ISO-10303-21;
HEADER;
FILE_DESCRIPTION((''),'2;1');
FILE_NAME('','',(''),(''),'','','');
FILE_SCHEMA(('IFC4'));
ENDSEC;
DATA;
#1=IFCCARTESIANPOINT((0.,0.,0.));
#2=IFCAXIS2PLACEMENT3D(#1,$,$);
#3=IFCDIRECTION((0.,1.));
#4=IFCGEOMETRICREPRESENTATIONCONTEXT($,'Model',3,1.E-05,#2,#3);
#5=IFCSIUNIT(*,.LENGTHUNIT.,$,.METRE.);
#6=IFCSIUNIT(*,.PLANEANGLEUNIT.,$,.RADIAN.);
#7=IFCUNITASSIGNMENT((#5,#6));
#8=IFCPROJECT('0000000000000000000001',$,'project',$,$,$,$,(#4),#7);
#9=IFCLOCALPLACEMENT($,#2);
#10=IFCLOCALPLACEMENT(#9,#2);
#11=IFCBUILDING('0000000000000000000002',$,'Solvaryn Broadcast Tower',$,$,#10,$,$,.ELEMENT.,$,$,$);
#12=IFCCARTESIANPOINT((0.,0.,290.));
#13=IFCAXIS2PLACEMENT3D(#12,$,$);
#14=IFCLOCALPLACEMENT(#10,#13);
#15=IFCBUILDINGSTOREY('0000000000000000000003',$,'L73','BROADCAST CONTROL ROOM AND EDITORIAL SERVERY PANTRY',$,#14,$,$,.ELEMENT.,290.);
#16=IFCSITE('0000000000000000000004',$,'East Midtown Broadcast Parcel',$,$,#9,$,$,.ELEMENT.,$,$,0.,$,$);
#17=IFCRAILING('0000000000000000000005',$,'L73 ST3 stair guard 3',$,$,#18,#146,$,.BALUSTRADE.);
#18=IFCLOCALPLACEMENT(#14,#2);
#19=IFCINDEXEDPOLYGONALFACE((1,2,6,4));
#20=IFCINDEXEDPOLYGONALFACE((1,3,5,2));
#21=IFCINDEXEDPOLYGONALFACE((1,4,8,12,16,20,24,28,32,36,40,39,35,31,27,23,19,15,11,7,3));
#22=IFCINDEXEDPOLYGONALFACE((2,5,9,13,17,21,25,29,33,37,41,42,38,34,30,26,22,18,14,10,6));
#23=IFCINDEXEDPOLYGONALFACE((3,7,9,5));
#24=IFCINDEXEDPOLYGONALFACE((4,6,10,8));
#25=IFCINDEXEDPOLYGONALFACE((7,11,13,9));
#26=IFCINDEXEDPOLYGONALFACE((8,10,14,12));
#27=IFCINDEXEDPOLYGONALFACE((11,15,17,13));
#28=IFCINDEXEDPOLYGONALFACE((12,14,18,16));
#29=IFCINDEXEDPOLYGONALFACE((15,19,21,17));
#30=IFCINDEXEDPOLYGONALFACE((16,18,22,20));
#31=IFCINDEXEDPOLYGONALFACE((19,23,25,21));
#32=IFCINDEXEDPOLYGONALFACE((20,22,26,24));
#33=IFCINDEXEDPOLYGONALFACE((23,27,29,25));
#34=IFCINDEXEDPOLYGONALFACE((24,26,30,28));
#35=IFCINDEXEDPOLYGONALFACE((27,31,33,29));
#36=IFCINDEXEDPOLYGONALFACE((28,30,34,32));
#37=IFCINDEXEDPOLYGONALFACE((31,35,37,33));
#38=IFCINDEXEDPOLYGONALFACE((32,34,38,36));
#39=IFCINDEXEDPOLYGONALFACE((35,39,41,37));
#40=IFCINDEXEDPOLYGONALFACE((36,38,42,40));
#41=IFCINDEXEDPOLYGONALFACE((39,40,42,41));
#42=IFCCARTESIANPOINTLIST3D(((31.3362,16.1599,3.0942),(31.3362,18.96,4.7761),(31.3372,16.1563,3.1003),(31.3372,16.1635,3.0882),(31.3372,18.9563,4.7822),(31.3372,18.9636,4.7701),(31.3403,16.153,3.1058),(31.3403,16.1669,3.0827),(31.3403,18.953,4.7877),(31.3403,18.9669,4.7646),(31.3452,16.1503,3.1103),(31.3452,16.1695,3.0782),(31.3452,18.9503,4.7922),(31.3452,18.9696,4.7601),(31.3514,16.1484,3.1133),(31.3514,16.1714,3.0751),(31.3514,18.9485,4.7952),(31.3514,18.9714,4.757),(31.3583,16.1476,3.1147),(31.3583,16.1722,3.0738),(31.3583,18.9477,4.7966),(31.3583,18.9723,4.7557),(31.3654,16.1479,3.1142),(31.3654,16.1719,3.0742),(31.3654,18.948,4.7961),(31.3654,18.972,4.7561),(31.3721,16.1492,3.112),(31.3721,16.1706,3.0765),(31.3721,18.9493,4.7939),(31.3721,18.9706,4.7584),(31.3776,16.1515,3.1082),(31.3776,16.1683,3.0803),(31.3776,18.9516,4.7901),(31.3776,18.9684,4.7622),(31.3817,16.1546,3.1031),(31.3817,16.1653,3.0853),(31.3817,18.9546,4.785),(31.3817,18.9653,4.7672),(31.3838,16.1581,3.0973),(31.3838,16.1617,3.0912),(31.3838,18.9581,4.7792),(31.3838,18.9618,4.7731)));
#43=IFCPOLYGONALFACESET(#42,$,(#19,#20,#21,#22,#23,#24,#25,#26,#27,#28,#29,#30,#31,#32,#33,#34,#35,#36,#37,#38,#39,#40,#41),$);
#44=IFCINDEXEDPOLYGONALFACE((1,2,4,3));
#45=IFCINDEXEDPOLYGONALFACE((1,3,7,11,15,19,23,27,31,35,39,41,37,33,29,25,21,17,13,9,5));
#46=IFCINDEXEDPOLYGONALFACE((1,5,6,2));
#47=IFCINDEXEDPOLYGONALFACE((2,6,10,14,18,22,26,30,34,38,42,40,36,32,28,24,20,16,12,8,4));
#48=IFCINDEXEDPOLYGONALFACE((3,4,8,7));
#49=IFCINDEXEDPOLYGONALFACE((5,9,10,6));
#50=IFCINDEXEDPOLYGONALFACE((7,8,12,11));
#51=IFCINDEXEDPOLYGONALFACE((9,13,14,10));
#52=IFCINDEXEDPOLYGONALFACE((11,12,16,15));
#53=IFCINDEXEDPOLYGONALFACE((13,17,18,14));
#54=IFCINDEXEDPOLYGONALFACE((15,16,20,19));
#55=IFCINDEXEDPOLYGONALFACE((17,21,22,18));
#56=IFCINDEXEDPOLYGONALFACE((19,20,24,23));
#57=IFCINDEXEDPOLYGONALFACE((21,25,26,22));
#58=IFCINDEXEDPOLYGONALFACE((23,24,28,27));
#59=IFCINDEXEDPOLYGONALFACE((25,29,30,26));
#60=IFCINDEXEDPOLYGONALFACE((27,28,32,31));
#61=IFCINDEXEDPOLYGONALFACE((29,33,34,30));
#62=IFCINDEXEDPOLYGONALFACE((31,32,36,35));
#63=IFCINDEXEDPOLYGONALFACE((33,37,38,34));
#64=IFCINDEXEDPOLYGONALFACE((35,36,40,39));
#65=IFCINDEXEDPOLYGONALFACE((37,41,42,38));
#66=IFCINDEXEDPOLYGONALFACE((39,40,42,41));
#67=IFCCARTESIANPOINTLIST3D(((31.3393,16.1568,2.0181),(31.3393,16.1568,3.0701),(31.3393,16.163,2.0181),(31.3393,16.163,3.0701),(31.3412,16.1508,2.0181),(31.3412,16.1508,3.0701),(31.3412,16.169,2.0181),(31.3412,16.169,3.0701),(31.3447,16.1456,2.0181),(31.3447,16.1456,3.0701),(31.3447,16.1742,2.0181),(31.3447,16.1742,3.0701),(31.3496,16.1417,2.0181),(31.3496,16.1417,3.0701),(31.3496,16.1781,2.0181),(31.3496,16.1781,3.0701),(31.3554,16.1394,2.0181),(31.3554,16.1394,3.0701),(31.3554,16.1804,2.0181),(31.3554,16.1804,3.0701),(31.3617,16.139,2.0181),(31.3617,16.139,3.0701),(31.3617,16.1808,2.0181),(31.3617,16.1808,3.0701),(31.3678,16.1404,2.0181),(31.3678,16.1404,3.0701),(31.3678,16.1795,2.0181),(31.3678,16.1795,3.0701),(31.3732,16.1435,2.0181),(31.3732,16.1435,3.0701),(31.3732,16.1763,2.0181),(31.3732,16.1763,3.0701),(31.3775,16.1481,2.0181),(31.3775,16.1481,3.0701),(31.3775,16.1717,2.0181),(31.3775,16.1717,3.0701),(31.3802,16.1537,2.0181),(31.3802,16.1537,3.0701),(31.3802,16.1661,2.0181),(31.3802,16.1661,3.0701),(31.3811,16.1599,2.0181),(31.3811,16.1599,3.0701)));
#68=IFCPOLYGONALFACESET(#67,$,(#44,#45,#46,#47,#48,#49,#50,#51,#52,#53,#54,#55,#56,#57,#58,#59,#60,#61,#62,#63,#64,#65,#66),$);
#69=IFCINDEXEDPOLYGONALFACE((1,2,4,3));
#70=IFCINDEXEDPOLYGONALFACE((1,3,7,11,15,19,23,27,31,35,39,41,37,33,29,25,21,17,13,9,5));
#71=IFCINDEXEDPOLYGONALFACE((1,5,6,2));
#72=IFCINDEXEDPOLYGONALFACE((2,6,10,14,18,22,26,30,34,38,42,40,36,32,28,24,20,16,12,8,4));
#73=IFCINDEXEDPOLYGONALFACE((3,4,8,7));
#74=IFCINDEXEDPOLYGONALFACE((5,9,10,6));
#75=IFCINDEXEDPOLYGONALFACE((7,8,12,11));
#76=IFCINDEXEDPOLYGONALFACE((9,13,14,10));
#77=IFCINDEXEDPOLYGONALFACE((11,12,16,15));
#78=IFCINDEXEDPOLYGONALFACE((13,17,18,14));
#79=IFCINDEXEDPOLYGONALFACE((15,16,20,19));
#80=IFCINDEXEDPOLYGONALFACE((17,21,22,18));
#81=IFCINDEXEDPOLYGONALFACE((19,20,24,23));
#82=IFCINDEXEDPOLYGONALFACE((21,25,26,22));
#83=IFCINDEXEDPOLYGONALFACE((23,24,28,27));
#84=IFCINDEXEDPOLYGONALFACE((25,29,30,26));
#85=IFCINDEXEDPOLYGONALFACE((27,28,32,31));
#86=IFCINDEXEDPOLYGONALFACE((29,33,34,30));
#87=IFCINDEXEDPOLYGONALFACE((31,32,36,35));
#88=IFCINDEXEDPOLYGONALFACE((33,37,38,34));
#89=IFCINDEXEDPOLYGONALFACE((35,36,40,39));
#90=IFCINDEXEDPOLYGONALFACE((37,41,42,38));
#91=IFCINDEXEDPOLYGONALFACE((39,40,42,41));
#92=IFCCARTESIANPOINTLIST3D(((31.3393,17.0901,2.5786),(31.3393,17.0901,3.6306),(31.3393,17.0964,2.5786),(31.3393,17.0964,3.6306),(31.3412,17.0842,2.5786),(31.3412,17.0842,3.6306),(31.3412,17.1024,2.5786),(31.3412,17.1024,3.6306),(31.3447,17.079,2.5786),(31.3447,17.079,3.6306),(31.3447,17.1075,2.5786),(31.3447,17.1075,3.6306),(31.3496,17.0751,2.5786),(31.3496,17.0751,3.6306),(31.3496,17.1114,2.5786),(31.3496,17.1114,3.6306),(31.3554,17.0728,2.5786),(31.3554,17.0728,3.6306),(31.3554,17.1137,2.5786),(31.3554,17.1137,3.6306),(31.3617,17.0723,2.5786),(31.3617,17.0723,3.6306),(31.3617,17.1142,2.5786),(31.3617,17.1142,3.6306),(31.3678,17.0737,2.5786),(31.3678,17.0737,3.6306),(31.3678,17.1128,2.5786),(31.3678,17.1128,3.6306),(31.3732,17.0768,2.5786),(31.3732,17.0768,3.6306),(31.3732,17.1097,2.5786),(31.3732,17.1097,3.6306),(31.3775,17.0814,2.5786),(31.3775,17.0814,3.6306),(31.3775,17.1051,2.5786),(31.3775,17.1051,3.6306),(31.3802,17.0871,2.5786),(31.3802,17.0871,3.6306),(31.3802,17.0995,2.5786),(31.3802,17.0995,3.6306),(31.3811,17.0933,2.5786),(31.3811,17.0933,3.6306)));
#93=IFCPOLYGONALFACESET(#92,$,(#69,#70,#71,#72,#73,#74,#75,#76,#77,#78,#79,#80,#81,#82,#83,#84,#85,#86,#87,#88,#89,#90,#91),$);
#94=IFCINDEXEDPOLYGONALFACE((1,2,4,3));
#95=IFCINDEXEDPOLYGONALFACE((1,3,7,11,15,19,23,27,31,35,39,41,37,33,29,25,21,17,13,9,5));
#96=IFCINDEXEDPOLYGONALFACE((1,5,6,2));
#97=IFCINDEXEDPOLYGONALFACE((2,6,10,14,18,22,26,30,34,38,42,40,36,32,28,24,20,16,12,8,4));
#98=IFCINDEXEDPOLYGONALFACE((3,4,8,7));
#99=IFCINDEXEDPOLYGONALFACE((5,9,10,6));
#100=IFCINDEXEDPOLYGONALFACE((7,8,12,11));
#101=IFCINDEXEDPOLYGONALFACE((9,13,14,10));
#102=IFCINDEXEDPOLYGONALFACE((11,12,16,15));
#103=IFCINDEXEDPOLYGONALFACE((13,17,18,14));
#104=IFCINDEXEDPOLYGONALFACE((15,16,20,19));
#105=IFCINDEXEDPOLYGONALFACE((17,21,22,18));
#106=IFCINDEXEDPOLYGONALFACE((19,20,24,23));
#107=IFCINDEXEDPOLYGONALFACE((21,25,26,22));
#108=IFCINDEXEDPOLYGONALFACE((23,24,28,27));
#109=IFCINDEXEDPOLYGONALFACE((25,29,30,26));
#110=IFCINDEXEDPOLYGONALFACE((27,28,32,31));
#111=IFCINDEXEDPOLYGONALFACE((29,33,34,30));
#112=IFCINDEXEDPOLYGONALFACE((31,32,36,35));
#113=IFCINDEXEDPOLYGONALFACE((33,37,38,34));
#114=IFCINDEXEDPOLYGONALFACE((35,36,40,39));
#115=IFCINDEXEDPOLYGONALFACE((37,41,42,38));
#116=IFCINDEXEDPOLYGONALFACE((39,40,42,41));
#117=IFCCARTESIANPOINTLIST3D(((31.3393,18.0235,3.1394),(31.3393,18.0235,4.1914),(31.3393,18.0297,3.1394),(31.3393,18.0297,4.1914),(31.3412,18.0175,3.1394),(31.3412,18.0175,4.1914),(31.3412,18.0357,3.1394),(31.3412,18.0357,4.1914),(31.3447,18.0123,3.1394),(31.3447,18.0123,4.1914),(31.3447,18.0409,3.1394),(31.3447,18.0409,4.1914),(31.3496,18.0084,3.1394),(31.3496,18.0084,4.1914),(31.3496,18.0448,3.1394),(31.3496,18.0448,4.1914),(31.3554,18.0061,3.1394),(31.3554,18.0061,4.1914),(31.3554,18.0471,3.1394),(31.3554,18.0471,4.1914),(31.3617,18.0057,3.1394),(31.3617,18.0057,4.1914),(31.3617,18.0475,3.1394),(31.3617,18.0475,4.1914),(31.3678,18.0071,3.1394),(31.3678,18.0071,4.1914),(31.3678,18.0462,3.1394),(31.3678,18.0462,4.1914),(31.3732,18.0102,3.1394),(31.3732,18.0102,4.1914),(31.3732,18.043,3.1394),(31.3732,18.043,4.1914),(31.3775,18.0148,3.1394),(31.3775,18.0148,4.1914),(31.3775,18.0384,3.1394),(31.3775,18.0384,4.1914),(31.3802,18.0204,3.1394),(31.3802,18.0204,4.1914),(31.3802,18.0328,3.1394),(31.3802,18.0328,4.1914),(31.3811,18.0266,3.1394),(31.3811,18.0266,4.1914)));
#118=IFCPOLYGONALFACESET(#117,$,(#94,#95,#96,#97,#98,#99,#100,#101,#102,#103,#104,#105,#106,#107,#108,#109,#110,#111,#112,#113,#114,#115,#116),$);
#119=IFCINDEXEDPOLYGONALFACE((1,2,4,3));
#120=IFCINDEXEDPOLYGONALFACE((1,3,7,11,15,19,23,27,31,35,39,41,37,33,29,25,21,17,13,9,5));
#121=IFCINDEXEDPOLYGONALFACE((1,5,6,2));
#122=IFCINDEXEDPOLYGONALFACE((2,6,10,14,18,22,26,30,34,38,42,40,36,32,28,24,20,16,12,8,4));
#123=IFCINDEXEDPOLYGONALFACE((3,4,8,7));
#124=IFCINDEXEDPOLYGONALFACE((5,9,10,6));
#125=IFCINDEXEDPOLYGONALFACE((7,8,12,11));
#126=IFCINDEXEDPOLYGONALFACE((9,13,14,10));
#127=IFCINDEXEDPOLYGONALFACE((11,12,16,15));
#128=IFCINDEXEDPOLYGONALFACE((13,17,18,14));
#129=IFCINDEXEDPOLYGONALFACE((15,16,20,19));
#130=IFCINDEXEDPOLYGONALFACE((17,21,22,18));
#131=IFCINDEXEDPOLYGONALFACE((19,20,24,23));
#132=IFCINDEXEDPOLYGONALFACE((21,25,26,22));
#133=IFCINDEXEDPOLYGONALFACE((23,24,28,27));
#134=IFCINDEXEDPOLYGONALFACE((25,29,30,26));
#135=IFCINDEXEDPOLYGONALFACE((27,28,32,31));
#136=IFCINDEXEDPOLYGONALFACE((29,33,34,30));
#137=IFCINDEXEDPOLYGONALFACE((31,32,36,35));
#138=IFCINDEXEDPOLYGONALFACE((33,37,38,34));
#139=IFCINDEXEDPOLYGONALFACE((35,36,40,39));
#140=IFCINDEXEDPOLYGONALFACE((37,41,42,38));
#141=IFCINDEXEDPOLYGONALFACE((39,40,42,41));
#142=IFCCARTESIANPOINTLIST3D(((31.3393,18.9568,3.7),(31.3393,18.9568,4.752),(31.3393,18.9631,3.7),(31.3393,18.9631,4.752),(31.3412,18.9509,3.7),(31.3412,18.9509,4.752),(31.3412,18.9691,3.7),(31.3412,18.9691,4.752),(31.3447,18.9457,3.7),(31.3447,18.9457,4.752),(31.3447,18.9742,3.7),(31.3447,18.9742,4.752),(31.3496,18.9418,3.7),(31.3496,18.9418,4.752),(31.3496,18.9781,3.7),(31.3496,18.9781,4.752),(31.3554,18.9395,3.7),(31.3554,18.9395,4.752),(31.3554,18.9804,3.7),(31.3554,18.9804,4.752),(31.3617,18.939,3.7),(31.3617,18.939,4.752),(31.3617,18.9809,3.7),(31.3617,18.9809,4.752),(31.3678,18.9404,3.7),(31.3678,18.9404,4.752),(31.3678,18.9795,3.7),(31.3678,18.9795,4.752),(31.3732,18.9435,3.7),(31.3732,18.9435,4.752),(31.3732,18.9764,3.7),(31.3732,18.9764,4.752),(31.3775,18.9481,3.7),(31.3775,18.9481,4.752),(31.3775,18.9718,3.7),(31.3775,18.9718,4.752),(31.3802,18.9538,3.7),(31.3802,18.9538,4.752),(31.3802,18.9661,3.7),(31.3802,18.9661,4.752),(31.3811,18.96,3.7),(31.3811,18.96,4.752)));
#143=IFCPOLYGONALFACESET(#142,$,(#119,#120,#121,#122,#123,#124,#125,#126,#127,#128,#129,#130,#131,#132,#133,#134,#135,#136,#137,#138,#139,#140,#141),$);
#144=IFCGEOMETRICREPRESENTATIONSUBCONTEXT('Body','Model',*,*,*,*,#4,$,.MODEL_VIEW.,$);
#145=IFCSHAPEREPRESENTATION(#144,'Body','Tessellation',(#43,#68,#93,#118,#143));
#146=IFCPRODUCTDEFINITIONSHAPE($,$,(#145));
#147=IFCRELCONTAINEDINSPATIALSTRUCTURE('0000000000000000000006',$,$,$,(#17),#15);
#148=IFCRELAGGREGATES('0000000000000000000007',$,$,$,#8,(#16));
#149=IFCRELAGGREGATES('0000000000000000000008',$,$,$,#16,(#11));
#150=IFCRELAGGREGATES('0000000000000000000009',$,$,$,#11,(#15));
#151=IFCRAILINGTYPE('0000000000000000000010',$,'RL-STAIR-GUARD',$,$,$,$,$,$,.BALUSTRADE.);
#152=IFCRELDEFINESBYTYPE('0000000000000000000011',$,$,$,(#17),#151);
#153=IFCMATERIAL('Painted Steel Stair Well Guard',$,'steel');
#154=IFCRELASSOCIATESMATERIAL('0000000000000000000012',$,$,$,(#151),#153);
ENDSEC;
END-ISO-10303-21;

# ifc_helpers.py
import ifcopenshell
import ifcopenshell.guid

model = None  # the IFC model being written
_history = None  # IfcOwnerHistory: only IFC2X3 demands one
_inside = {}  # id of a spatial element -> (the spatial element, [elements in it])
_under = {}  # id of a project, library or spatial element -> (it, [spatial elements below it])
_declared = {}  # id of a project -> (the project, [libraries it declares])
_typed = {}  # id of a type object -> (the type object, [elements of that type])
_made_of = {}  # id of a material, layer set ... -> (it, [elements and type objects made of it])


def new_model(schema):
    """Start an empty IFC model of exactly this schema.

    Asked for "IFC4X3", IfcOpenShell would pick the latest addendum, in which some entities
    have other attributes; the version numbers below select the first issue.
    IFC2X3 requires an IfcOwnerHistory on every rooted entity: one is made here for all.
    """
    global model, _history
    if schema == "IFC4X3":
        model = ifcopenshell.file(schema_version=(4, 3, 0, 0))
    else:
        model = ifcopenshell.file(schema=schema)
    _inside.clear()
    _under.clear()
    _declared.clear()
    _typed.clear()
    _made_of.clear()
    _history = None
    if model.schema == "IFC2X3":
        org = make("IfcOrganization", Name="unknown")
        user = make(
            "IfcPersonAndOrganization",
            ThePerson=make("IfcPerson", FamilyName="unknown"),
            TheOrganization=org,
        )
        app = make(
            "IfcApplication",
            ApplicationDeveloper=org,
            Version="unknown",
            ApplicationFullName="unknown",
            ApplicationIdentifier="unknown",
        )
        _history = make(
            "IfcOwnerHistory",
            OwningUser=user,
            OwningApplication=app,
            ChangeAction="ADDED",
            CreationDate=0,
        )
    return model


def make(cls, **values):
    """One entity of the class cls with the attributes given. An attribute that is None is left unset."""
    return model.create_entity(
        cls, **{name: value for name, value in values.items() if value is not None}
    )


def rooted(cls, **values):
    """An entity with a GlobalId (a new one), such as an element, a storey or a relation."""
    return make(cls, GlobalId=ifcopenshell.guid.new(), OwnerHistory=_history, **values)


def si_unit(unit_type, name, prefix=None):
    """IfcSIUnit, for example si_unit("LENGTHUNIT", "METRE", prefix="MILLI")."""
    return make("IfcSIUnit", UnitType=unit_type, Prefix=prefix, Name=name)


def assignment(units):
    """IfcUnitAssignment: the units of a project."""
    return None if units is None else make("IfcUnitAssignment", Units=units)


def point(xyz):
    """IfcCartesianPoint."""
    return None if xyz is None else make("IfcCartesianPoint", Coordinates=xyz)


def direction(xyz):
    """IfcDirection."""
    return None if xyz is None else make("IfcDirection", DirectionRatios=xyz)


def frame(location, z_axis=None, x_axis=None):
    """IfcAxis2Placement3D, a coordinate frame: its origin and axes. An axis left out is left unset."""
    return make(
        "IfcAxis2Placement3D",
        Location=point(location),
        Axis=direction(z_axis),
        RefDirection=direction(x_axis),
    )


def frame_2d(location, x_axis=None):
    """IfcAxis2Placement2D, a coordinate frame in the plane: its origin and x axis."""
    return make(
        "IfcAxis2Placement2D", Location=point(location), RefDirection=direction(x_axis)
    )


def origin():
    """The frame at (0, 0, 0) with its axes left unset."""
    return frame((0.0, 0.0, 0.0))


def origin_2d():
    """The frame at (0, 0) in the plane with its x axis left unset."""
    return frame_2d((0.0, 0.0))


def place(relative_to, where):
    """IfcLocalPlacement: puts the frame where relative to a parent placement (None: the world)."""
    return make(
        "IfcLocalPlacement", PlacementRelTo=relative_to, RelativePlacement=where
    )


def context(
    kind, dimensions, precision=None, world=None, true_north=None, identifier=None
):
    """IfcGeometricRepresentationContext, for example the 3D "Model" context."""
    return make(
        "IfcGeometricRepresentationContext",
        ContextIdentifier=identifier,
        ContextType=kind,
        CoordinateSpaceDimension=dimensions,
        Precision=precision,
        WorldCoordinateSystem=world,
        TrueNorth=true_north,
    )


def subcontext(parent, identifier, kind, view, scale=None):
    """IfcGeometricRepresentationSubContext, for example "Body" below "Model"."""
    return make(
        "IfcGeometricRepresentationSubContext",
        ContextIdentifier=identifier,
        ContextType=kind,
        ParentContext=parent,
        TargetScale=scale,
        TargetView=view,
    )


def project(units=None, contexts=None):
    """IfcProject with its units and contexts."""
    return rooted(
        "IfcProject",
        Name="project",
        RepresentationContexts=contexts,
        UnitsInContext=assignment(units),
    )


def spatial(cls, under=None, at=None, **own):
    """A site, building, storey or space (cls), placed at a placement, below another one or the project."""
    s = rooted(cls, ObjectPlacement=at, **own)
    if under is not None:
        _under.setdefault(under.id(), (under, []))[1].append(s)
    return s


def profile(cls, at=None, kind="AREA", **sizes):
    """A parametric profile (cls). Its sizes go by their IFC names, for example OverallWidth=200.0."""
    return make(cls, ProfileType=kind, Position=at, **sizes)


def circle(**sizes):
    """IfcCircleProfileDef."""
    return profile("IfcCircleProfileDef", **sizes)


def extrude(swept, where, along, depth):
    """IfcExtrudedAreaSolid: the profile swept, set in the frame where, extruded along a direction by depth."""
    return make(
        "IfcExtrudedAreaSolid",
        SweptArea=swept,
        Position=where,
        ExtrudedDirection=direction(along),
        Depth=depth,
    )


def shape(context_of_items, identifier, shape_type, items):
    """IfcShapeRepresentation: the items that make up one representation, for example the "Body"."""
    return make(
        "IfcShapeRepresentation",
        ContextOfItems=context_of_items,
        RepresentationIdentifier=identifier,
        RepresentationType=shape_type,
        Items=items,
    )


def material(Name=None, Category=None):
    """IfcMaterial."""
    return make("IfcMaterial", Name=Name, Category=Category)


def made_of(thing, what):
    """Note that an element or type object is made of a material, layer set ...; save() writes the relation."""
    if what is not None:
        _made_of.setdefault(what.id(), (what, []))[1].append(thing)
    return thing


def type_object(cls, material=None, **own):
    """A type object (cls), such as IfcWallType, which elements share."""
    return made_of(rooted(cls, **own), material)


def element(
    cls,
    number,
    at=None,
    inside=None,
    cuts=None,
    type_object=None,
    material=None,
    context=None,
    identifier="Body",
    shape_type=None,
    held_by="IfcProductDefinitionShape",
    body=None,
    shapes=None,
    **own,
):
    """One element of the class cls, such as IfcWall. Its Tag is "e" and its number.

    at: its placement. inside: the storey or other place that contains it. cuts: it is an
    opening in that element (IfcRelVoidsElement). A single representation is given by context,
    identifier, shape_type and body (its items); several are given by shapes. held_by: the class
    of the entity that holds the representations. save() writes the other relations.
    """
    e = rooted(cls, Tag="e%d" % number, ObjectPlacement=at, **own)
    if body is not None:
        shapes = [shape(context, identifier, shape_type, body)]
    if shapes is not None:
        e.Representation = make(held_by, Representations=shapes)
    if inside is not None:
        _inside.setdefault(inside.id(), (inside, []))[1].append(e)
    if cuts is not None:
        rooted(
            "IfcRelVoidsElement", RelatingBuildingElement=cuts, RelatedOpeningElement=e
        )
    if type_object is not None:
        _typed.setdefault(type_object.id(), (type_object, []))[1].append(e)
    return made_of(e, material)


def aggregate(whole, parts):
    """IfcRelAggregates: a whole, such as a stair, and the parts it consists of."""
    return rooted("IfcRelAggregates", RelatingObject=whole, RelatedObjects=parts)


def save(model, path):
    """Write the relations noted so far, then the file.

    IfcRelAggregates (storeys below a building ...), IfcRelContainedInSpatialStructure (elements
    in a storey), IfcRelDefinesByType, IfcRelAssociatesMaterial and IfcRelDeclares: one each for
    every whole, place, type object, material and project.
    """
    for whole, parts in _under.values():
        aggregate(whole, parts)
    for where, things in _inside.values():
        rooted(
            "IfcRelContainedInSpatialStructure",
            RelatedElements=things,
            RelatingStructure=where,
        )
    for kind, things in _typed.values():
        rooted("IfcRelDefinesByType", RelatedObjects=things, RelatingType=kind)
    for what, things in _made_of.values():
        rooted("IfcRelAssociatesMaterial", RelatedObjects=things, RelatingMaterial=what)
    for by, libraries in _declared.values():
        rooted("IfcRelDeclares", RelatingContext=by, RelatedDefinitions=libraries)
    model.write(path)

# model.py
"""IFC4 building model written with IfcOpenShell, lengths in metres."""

from ifc_helpers import new_model, si_unit, direction, frame, origin, origin_2d, place, context, subcontext, project, spatial, circle, extrude, material, type_object, element, save


model = new_model("IFC4")

# Units and contexts
model_context = context("Model", 3, precision=1e-05, world=origin(), true_north=direction((0.0, 1.0)))
body_context = subcontext(model_context, "Body", "Model", "MODEL_VIEW")
ifc_project = project(units=[si_unit("LENGTHUNIT", "METRE"), si_unit("PLANEANGLEUNIT", "RADIAN")], contexts=[model_context])

# Site, building, storey
site_placement = place(None, origin())
site = spatial("IfcSite", under=ifc_project, at=site_placement, Name="East Midtown Broadcast Parcel", CompositionType="ELEMENT", RefElevation=0.0)
building_placement = place(site_placement, origin())
building = spatial("IfcBuilding", under=site, at=building_placement, Name="Solvaryn Broadcast Tower", CompositionType="ELEMENT")
storey_placement = place(building_placement, frame((0.0, 0.0, 290.0)))
storey = spatial("IfcBuildingStorey", under=building, at=storey_placement, Name="L73", Description="BROADCAST CONTROL ROOM AND EDITORIAL SERVERY PANTRY", CompositionType="ELEMENT", Elevation=290.0)

# Railing
ifc_material_1 = material(Name="Painted Steel Stair Well Guard", Category="steel")
railing_type_1 = type_object("IfcRailingType", Name="RL-STAIR-GUARD", PredefinedType="BALUSTRADE", material=ifc_material_1)
railing_1_placement = place(storey_placement, frame((31.3601, 16.1599, 2.0181)))
element("IfcRailing", 1, at=railing_1_placement, inside=storey, type_object=railing_type_1, Name="L73 ST3 stair guard 3", PredefinedType="BALUSTRADE", context=body_context, shape_type="SweptSolid", body=[
    extrude(circle(Radius=0.0239, at=origin_2d()), frame((0.0, 0.0, 1.0762), z_axis=(0.0, 0.857242, 0.514913), x_axis=(-1.0, 0.0, 0.0)), (0.0, 0.0, 1.0), 3.2664),
    extrude(circle(Radius=0.021, at=origin_2d()), origin(), (0.0, 0.0, 1.0), 1.052),
    extrude(circle(Radius=0.021, at=origin_2d()), frame((0.0, 0.9333, 0.5605)), (0.0, 0.0, 1.0), 1.052),
    extrude(circle(Radius=0.021, at=origin_2d()), frame((0.0, 1.8667, 1.1213)), (0.0, 0.0, 1.0), 1.052),
    extrude(circle(Radius=0.021, at=origin_2d()), frame((0.0, 2.8, 1.6819)), (0.0, 0.0, 1.0), 1.052),
])

save(model, "model.ifc")
